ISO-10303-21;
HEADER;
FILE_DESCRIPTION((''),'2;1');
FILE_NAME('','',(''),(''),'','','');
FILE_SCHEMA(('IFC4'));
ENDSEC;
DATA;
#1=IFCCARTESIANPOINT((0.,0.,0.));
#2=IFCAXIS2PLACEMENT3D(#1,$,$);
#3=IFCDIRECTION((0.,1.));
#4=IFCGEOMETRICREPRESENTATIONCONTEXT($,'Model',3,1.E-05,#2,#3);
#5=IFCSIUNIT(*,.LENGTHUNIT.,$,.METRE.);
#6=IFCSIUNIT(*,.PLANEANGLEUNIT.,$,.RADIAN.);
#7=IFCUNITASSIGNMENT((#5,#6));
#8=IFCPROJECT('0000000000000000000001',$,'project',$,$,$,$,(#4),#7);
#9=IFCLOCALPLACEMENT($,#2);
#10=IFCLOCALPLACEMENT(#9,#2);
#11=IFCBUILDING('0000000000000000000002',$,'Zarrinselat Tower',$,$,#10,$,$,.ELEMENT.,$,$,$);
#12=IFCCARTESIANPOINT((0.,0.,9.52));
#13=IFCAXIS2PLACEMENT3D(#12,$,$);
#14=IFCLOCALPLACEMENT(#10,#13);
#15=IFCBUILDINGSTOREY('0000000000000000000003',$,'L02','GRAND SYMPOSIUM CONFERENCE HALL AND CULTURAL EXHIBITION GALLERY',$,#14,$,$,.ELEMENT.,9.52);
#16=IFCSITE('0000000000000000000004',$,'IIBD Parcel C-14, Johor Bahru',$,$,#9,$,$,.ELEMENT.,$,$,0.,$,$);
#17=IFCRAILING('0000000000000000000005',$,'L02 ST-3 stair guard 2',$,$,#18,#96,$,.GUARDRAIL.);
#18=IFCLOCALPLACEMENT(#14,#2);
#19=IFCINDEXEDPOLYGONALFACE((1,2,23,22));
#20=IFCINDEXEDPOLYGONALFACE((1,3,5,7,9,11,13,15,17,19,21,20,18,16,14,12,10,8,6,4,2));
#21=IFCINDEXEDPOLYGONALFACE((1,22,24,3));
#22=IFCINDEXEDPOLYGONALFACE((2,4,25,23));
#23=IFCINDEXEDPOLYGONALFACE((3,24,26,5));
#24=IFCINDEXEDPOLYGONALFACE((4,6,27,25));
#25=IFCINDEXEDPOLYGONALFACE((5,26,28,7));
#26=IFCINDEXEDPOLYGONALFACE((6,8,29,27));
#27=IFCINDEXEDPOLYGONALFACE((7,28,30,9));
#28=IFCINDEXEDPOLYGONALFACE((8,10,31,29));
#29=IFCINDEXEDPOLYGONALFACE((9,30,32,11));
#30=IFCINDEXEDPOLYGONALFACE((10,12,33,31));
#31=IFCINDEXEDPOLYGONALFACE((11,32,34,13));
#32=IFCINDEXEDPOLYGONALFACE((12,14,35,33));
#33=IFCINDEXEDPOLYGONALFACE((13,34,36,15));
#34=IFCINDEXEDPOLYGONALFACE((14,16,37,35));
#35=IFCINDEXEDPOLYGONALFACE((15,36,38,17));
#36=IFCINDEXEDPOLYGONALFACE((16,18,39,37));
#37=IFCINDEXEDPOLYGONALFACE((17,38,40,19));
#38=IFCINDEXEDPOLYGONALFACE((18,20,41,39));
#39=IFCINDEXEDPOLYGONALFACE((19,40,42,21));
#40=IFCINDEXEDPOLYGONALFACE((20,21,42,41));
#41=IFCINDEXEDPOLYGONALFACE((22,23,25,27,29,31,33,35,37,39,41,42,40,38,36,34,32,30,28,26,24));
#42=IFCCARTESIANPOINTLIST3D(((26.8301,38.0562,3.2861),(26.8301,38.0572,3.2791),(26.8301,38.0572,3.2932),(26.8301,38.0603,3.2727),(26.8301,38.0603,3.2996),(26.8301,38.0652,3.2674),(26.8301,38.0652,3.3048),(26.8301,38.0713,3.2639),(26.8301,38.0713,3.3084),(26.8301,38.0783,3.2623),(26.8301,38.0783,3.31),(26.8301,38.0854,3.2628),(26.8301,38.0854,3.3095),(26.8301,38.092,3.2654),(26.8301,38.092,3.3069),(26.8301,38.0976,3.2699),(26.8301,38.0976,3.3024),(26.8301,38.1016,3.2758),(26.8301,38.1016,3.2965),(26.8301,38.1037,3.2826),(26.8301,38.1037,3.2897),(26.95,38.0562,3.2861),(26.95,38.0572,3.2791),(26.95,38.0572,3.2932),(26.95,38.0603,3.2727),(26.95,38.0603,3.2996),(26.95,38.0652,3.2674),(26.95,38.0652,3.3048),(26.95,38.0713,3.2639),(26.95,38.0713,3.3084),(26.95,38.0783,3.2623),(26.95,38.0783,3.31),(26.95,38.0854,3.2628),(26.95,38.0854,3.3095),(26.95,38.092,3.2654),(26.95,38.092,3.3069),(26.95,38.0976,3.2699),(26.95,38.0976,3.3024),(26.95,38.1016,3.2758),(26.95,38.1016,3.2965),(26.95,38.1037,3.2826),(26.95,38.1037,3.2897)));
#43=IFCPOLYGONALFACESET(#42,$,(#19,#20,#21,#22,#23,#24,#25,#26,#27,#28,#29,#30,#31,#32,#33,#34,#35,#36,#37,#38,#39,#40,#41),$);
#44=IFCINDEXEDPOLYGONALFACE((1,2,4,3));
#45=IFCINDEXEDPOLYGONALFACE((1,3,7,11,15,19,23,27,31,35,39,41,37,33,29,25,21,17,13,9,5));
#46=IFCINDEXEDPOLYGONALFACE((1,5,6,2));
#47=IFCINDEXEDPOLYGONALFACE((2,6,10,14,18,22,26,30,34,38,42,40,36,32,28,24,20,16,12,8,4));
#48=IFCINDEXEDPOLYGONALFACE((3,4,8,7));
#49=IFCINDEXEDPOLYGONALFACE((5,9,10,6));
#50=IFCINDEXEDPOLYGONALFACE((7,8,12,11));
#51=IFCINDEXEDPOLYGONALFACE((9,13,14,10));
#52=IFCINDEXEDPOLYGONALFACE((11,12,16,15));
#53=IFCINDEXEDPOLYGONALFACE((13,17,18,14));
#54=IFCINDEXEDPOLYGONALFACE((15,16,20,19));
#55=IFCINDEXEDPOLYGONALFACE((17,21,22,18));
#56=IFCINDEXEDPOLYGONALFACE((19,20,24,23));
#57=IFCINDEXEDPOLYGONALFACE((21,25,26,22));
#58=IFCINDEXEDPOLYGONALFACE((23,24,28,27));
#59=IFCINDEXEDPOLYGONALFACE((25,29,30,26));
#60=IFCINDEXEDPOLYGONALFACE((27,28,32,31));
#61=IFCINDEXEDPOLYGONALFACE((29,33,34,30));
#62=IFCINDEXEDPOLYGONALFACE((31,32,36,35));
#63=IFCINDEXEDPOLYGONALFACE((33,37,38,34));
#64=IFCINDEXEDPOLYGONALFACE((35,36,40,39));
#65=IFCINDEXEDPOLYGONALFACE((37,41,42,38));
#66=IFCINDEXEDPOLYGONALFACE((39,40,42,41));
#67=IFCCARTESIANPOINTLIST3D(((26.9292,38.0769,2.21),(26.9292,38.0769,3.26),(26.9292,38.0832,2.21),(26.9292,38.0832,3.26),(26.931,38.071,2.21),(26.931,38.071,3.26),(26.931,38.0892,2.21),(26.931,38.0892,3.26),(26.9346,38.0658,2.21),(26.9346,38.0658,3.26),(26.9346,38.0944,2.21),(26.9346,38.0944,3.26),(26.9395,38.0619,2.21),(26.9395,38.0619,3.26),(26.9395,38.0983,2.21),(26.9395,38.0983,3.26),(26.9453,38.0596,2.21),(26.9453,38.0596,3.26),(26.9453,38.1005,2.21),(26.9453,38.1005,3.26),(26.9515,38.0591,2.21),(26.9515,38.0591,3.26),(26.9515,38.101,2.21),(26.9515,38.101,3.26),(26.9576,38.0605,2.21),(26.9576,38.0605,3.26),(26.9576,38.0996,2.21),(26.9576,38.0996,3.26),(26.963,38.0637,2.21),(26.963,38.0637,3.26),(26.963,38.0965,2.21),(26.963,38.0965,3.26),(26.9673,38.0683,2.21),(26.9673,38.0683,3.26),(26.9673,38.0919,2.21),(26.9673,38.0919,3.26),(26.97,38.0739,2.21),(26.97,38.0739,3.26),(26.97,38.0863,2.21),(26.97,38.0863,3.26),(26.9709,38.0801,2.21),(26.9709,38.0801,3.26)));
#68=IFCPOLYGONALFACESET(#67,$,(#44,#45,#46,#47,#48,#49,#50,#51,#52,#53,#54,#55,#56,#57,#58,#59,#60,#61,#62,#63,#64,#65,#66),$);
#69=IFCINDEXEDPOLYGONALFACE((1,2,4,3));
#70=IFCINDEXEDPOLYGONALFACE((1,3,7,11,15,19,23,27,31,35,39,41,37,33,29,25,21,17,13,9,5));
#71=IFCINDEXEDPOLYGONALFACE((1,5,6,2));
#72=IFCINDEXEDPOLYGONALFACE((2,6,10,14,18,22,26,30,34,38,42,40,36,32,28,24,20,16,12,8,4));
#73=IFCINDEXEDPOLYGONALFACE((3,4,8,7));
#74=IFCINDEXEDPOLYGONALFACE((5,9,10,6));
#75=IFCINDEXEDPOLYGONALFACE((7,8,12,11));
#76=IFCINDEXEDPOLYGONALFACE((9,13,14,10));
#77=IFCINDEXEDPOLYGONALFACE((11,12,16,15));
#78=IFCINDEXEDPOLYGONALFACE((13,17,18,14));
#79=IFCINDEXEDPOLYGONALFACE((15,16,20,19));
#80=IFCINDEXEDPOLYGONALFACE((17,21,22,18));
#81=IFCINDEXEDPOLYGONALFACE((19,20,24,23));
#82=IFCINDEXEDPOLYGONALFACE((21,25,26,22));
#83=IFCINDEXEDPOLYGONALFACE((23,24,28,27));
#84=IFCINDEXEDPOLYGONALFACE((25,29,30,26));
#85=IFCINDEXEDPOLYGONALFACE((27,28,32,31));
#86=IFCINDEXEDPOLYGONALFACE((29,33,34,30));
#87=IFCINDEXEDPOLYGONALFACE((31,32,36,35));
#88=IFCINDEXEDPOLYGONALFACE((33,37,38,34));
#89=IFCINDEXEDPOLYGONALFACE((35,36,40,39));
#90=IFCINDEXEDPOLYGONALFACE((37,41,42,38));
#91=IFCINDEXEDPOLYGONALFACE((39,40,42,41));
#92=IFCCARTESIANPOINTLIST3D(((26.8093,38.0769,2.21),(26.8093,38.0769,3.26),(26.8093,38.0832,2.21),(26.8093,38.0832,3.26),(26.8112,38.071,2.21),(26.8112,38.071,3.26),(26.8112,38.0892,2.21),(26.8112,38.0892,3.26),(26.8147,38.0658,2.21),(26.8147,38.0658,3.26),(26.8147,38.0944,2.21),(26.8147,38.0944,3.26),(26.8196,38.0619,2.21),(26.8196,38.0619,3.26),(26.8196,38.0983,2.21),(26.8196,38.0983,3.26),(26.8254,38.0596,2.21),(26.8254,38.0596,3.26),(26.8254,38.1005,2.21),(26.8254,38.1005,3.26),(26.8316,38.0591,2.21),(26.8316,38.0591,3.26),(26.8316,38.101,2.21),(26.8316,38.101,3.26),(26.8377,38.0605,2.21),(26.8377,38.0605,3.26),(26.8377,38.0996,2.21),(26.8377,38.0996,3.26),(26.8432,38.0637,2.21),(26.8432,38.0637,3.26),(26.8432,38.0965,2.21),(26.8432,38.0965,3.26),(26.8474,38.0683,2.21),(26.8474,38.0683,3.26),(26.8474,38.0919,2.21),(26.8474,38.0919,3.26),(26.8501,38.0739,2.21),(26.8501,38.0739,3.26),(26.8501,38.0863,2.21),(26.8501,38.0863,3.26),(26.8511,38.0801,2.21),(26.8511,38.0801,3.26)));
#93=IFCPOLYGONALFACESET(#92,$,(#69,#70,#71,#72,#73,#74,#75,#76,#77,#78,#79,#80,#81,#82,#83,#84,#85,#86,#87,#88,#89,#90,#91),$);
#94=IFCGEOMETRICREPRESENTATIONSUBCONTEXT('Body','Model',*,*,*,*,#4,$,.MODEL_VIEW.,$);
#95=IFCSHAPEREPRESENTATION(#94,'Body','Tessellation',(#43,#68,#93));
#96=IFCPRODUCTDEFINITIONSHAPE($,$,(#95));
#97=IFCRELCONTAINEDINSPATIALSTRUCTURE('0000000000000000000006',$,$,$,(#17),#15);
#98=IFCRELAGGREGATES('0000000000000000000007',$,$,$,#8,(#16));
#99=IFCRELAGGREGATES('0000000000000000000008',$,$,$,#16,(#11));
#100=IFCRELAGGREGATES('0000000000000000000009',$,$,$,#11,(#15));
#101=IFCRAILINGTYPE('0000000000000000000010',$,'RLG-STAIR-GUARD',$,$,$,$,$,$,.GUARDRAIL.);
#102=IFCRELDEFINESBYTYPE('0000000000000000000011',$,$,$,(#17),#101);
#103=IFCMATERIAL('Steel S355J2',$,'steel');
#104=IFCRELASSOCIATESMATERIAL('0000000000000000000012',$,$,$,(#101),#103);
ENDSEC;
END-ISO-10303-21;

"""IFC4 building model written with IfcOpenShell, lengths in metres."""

from ifc_helpers import new_model, si_unit, direction, frame, origin, origin_2d, place, context, subcontext, project, spatial, circle, extrude, material, type_object, element, save


model = new_model("IFC4")

# Units and contexts
model_context = context("Model", 3, precision=1e-05, world=origin(), true_north=direction((0.0, 1.0)))
body_context = subcontext(model_context, "Body", "Model", "MODEL_VIEW")
ifc_project = project(units=[si_unit("LENGTHUNIT", "METRE"), si_unit("PLANEANGLEUNIT", "RADIAN")], contexts=[model_context])

# Site, building, storey
site_placement = place(None, origin())
site = spatial("IfcSite", under=ifc_project, at=site_placement, Name="IIBD Parcel C-14, Johor Bahru", CompositionType="ELEMENT", RefElevation=0.0)
building_placement = place(site_placement, origin())
building = spatial("IfcBuilding", under=site, at=building_placement, Name="Zarrinselat Tower", CompositionType="ELEMENT")
storey_placement = place(building_placement, frame((0.0, 0.0, 9.52)))
storey = spatial("IfcBuildingStorey", under=building, at=storey_placement, Name="L02", Description="GRAND SYMPOSIUM CONFERENCE HALL AND CULTURAL EXHIBITION GALLERY", CompositionType="ELEMENT", Elevation=9.52)

# Railing
ifc_material_1 = material(Name="Steel S355J2", Category="steel")
railing_type_1 = type_object("IfcRailingType", Name="RLG-STAIR-GUARD", PredefinedType="GUARDRAIL", material=ifc_material_1)
railing_1_placement = place(storey_placement, frame((26.95, 38.0801, 2.21)))
element("IfcRailing", 1, at=railing_1_placement, inside=storey, type_object=railing_type_1, Name="L02 ST-3 stair guard 2", PredefinedType="GUARDRAIL", context=body_context, shape_type="SweptSolid", body=[
    extrude(circle(Radius=0.0239, at=origin_2d()), frame((0.0, 0.0, 1.0762), z_axis=(-1.0, 0.0, 0.0), x_axis=(0.0, -1.0, 0.0)), (0.0, 0.0, 1.0), 0.1199),
    extrude(circle(Radius=0.021, at=origin_2d()), origin(), (0.0, 0.0, 1.0), 1.05),
    extrude(circle(Radius=0.021, at=origin_2d()), frame((-0.1199, 0.0, 0.0)), (0.0, 0.0, 1.0), 1.05),
])

save(model, "model.ifc")
